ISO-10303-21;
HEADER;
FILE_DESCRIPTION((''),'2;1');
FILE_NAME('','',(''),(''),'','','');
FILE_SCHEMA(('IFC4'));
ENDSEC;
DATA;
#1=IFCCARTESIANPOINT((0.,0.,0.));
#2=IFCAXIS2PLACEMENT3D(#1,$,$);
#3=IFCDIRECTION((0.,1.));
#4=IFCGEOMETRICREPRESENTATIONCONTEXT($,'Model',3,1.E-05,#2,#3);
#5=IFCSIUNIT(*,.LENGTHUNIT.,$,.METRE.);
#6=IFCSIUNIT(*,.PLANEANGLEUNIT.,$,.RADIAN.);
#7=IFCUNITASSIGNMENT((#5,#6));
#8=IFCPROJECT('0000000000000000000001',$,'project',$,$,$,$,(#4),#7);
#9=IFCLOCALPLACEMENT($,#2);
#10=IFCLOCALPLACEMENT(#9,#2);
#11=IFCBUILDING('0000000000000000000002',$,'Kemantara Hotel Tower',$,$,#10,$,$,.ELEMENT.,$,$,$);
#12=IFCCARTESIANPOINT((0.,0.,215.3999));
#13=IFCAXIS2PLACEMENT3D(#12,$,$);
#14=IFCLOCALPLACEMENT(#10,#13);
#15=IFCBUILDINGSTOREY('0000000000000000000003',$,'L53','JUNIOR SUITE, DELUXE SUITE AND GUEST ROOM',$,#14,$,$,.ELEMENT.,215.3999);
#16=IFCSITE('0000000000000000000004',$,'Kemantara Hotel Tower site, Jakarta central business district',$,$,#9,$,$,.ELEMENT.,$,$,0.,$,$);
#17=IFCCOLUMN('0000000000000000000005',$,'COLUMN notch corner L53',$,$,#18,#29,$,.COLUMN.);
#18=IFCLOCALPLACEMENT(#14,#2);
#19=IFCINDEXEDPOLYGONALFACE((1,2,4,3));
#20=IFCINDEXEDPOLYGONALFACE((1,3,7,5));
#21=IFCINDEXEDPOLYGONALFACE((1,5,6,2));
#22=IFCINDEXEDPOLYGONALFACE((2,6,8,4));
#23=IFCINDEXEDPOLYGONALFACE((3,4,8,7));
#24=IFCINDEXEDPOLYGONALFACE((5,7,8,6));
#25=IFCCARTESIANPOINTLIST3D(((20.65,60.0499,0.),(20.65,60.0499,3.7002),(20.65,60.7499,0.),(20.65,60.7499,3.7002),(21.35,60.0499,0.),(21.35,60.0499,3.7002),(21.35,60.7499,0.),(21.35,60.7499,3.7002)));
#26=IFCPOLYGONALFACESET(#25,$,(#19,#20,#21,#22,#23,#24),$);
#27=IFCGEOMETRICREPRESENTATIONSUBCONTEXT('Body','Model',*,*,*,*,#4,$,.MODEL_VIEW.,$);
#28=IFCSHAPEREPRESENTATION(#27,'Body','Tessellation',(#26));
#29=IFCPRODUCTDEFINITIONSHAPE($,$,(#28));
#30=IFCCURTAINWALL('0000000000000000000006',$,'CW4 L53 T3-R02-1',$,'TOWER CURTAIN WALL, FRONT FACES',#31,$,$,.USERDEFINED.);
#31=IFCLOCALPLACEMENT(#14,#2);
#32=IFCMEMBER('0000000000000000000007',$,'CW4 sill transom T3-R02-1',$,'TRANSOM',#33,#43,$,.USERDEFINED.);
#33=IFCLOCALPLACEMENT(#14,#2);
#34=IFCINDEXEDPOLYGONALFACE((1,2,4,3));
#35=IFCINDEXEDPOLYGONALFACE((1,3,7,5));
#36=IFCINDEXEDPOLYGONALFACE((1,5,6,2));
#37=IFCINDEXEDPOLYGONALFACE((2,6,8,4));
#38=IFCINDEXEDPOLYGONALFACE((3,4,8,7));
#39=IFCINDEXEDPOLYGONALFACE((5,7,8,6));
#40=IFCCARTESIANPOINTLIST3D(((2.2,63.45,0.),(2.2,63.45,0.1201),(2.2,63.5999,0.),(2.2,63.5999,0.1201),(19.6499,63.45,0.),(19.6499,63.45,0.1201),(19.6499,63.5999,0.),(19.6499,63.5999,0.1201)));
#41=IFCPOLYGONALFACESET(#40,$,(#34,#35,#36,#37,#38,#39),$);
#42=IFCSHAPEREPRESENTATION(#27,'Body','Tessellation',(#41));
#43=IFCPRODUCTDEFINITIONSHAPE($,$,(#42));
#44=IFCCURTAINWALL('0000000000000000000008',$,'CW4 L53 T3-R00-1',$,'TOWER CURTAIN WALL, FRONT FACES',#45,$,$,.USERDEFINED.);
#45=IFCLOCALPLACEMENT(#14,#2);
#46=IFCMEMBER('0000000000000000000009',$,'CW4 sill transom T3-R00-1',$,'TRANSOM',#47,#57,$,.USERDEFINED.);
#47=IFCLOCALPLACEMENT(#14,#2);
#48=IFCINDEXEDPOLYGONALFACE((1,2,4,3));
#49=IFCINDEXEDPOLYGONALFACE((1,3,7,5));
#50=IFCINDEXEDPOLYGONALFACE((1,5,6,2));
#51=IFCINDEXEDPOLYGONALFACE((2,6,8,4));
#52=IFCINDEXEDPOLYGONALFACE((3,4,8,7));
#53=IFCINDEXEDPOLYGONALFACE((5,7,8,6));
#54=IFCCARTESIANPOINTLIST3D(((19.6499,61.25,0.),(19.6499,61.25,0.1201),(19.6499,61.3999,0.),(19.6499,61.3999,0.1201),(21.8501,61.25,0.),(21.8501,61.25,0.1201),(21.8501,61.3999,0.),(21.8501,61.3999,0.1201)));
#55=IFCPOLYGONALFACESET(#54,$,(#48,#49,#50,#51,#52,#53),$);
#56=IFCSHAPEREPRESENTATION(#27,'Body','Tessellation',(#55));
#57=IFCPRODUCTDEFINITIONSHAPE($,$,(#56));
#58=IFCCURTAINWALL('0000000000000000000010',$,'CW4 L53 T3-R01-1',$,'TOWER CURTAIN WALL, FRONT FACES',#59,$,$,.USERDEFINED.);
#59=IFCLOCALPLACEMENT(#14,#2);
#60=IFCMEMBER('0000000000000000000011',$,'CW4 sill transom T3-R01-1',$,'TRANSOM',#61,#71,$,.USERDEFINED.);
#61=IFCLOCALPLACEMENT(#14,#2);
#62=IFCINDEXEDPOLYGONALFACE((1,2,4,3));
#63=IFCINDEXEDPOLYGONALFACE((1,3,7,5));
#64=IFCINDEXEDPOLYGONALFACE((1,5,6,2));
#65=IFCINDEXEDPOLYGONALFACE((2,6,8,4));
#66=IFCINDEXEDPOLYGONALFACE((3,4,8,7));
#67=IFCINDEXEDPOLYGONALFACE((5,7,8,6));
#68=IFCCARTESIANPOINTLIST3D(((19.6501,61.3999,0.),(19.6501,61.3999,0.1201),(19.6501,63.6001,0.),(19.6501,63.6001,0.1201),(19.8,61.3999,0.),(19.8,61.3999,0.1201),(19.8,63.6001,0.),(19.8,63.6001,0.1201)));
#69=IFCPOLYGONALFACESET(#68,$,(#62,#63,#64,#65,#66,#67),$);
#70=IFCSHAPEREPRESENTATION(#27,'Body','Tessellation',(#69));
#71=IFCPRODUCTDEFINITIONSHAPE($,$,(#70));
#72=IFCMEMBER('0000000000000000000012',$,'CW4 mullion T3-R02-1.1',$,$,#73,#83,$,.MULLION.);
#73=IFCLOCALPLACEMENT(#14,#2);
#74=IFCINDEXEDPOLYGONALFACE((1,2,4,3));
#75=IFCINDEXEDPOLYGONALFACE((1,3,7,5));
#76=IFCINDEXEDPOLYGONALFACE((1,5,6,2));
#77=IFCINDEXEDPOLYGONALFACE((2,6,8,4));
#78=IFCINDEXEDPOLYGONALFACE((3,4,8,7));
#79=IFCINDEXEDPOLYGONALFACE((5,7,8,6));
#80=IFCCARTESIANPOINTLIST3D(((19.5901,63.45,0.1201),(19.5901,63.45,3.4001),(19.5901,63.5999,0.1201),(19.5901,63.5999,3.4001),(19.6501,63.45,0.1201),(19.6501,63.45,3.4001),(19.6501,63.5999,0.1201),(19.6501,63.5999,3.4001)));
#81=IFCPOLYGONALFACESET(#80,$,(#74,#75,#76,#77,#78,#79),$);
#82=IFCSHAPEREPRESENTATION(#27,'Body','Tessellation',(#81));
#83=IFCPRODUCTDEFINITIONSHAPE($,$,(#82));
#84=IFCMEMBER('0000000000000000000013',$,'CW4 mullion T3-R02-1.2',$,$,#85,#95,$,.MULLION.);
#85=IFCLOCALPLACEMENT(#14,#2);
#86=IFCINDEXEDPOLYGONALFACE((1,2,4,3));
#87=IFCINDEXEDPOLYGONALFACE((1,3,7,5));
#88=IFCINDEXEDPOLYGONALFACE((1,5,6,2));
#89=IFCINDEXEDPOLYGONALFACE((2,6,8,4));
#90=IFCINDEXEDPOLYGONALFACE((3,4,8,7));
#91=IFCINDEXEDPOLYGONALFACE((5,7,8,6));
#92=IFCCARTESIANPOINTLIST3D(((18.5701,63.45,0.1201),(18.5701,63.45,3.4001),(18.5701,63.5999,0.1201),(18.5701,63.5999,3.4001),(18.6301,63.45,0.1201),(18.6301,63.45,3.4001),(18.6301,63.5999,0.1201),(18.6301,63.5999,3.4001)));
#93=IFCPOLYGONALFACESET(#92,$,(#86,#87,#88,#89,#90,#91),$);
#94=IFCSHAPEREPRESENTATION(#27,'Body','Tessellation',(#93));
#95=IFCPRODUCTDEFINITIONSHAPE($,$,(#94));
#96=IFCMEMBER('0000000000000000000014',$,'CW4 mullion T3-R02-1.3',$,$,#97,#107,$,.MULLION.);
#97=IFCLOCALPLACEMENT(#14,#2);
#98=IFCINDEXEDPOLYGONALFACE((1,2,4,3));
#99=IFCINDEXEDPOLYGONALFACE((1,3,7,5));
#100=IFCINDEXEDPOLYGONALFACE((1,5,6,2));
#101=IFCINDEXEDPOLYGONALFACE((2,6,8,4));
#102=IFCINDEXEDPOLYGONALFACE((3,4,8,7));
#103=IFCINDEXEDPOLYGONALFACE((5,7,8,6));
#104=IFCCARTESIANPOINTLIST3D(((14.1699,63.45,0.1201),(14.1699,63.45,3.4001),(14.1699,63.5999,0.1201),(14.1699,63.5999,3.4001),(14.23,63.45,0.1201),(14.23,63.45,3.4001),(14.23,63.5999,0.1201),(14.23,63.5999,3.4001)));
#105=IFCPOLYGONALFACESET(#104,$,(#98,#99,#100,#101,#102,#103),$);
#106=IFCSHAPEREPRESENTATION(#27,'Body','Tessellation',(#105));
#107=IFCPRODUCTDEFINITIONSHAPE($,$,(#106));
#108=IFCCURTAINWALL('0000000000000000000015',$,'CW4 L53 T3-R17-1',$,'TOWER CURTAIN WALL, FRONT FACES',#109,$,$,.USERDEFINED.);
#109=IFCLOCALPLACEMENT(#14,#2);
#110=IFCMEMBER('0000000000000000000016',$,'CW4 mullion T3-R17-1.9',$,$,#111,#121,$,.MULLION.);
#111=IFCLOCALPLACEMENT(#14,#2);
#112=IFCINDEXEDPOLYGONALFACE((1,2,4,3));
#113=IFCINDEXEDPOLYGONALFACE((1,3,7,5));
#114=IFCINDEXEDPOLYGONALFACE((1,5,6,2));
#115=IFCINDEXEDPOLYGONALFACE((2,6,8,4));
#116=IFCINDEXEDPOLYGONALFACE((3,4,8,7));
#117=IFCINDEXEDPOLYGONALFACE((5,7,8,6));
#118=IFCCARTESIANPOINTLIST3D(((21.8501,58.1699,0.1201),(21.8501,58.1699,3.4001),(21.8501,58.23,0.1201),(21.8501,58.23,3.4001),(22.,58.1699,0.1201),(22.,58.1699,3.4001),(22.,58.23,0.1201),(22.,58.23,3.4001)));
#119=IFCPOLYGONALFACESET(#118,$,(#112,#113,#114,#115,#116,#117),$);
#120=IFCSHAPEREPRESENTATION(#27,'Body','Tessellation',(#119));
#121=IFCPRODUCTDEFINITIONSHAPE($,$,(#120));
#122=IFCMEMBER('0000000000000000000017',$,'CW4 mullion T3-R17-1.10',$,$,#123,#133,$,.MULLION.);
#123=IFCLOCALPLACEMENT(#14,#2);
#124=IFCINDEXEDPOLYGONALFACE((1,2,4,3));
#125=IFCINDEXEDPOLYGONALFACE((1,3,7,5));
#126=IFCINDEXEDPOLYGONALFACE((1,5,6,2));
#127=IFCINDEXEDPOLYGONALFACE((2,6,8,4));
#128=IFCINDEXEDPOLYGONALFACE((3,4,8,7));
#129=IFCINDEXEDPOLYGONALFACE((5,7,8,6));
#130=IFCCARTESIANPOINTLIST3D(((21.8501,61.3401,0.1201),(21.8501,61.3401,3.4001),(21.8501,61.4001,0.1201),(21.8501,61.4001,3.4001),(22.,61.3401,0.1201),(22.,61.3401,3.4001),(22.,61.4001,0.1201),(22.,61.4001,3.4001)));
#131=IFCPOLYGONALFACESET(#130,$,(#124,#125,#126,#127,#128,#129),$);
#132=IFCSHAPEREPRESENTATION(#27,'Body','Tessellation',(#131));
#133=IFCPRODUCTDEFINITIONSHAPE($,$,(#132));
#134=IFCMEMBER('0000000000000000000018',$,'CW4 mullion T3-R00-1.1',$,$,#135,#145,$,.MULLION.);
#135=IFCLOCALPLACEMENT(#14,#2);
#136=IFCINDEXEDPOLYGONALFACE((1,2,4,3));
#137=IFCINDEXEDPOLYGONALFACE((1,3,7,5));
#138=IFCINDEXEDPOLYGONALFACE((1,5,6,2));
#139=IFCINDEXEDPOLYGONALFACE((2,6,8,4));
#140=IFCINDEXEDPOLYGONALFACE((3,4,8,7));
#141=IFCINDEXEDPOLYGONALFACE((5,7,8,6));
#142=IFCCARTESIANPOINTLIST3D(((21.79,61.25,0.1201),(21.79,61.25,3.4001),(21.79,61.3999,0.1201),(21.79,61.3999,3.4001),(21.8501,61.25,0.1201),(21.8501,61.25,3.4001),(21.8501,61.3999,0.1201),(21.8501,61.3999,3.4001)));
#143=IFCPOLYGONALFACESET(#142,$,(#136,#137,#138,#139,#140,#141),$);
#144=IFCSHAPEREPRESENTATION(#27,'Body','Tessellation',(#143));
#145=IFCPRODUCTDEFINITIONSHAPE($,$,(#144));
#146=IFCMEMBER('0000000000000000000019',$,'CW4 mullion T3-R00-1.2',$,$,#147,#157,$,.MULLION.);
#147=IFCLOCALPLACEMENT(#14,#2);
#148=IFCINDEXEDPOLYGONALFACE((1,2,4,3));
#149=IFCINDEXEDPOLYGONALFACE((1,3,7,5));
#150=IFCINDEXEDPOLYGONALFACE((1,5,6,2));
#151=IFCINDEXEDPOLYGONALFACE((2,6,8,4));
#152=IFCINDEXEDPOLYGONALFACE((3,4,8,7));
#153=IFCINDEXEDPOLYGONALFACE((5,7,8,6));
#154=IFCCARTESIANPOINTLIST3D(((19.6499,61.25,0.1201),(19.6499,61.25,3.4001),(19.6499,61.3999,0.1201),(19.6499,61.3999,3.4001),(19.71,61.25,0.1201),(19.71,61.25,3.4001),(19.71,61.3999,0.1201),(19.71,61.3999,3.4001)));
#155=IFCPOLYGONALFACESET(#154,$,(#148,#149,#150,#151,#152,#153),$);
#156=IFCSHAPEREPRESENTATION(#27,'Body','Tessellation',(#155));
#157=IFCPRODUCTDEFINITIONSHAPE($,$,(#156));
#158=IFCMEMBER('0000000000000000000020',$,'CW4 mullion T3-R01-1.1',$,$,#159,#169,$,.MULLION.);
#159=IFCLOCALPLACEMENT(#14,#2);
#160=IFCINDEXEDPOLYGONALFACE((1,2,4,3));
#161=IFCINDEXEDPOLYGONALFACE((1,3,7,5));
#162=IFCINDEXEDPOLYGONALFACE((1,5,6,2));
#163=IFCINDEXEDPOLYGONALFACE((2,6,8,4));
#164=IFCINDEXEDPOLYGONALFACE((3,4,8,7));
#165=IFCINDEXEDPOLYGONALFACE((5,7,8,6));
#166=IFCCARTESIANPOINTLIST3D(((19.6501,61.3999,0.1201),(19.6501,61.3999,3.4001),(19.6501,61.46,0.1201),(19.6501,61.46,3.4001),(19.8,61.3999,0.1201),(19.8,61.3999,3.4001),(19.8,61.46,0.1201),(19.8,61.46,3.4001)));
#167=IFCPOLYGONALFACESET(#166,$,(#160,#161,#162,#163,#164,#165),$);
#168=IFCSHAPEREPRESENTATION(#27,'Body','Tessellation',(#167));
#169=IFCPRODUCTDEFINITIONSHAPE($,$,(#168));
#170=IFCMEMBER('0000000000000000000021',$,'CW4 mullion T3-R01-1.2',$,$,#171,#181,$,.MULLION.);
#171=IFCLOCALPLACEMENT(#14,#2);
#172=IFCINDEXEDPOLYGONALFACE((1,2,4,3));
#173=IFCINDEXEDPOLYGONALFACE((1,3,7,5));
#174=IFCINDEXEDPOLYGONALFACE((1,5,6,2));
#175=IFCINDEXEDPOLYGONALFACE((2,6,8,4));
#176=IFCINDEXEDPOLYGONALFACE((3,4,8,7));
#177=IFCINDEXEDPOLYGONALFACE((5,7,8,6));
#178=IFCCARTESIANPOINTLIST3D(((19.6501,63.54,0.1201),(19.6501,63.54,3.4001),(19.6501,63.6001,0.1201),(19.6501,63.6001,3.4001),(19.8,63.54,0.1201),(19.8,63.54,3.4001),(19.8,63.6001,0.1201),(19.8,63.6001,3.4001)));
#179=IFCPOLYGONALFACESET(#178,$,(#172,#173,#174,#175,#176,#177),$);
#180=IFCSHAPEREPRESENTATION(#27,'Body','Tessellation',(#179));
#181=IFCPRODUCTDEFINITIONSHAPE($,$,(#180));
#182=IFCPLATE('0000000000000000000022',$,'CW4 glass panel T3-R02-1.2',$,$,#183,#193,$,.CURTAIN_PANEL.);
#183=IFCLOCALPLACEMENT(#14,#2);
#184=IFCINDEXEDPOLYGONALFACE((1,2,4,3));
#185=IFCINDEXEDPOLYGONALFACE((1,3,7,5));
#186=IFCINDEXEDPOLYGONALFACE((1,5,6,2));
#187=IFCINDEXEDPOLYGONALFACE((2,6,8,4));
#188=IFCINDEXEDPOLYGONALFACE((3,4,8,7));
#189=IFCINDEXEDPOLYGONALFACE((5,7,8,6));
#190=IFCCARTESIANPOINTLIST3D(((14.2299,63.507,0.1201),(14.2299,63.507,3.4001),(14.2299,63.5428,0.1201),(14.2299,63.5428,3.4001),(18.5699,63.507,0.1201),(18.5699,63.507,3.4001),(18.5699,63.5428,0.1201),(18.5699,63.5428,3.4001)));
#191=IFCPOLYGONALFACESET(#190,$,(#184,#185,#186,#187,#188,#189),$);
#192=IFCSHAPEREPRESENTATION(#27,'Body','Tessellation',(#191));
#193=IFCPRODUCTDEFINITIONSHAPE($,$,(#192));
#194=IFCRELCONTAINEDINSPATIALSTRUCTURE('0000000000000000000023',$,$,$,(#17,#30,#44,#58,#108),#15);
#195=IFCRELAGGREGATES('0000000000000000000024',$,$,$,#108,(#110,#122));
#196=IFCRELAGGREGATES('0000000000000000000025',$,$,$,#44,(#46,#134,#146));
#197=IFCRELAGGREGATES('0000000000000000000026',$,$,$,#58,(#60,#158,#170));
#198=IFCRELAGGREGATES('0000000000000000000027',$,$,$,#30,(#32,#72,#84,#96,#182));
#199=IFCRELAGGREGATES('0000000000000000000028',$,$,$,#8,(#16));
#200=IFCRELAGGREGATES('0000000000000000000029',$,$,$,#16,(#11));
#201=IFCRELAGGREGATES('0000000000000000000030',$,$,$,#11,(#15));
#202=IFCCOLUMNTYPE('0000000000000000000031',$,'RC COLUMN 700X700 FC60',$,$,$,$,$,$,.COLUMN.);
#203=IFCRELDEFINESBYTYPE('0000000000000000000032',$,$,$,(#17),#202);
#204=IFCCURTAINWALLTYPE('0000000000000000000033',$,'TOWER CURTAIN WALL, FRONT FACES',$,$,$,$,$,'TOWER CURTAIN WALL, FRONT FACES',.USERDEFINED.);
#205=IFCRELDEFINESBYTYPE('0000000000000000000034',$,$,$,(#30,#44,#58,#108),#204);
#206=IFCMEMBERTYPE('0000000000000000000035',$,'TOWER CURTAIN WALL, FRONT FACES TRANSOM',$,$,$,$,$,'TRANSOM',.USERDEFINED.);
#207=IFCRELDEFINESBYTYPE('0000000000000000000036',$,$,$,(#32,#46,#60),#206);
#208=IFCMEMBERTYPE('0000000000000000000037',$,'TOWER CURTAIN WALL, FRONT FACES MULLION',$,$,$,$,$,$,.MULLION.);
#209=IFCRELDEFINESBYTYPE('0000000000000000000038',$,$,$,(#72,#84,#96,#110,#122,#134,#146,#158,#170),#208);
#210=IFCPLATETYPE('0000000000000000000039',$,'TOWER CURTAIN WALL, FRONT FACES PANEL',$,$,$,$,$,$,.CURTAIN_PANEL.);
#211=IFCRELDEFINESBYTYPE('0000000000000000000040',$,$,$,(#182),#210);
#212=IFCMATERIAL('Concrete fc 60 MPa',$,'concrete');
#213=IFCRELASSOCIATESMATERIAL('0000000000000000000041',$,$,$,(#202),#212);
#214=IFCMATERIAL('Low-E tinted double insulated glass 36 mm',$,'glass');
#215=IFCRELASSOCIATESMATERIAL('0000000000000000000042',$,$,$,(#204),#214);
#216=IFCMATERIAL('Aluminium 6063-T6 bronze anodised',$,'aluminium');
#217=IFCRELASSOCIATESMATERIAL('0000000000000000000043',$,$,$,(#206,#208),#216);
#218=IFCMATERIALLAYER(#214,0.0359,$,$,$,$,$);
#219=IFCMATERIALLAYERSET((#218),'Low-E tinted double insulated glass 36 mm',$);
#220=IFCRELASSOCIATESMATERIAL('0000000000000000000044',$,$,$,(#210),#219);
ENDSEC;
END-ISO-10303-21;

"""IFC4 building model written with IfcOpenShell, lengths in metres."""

from ifc_helpers import new_model, si_unit, direction, frame, origin, origin_2d, place, context, subcontext, project, spatial, rectangle, extrude, source, transform, mapped, material, layer, layer_set, material_profile, profile_set, type_object, element, aggregate, save


model = new_model("IFC4")

# Units and contexts
model_context = context("Model", 3, precision=1e-05, world=origin(), true_north=direction((0.0, 1.0)))
body_context = subcontext(model_context, "Body", "Model", "MODEL_VIEW")
ifc_project = project(units=[si_unit("LENGTHUNIT", "METRE"), si_unit("PLANEANGLEUNIT", "RADIAN")], contexts=[model_context])

# Site, building, storey
site_placement = place(None, origin())
site = spatial("IfcSite", under=ifc_project, at=site_placement, Name="Kemantara Hotel Tower site, Jakarta central business district", CompositionType="ELEMENT", RefElevation=0.0)
building_placement = place(site_placement, origin())
building = spatial("IfcBuilding", under=site, at=building_placement, Name="Kemantara Hotel Tower", CompositionType="ELEMENT")
storey_placement = place(building_placement, frame((0.0, 0.0, 215.3999)))
storey = spatial("IfcBuildingStorey", under=building, at=storey_placement, Name="L53", Description="JUNIOR SUITE, DELUXE SUITE AND GUEST ROOM", CompositionType="ELEMENT", Elevation=215.3999)

# Column
ifc_material_1 = material(Name="Concrete fc 60 MPa", Category="concrete")
ifc_material_profile_1 = material_profile(ifc_material_1, rectangle(XDim=0.7, YDim=0.7, at=origin_2d()), Name="RC 700X700")
ifc_profile_set_1 = profile_set([ifc_material_profile_1], Name="Concrete fc 60 MPa")
column_type = type_object("IfcColumnType", Name="RC COLUMN 700X700 FC60", PredefinedType="COLUMN", material=ifc_profile_set_1)
column_placement = place(storey_placement, frame((21.0, 60.3999, 0.0), z_axis=(0.0, 0.0, 1.0), x_axis=(1.0, 0.0, 0.0)))
element("IfcColumn", 1, at=column_placement, inside=storey, type_object=column_type, Name="COLUMN notch corner L53", PredefinedType="COLUMN", context=body_context, shape_type="SweptSolid", body=[
    extrude(rectangle(XDim=0.7, YDim=0.7, at=origin_2d()), origin(), (0.0, 0.0, 1.0), 3.7002),
])

# Curtain walls, members
ifc_material_2 = material(Name="Low-E tinted double insulated glass 36 mm", Category="glass")
curtain_wall_type = type_object("IfcCurtainWallType", Name="TOWER CURTAIN WALL, FRONT FACES", ElementType="TOWER CURTAIN WALL, FRONT FACES", PredefinedType="USERDEFINED", material=ifc_material_2)
curtain_wall_1_placement = place(storey_placement, origin())
curtain_wall_1 = element("IfcCurtainWall", 2, at=curtain_wall_1_placement, inside=storey, type_object=curtain_wall_type, Name="CW4 L53 T3-R02-1", ObjectType="TOWER CURTAIN WALL, FRONT FACES", PredefinedType="USERDEFINED")
ifc_material_3 = material(Name="Aluminium 6063-T6 bronze anodised", Category="aluminium")
ifc_material_profile_2 = material_profile(ifc_material_3, rectangle(XDim=0.1499, YDim=0.1201, at=origin_2d()), Name="TOWER CURTAIN WALL, FRONT FACES TRANSOM")
ifc_profile_set_2 = profile_set([ifc_material_profile_2], Name="Aluminium 6063-T6 bronze anodised")
member_type_1 = type_object("IfcMemberType", Name="TOWER CURTAIN WALL, FRONT FACES TRANSOM", ElementType="TRANSOM", PredefinedType="USERDEFINED", material=ifc_profile_set_2)
member_1_placement = place(storey_placement, frame((19.6499, 63.5249, 0.0601), z_axis=(-1.0, 0.0, 0.0), x_axis=(0.0, -1.0, 0.0)))
member_1 = element("IfcMember", 3, at=member_1_placement, type_object=member_type_1, Name="CW4 sill transom T3-R02-1", ObjectType="TRANSOM", PredefinedType="USERDEFINED", context=body_context, shape_type="SweptSolid", body=[
    extrude(rectangle(XDim=0.1499, YDim=0.1201, at=origin_2d()), origin(), (0.0, 0.0, 1.0), 17.45),
])
curtain_wall_2_placement = place(storey_placement, origin())
curtain_wall_2 = element("IfcCurtainWall", 4, at=curtain_wall_2_placement, inside=storey, type_object=curtain_wall_type, Name="CW4 L53 T3-R00-1", ObjectType="TOWER CURTAIN WALL, FRONT FACES", PredefinedType="USERDEFINED")
member_2_placement = place(storey_placement, frame((21.8501, 61.325, 0.0601), z_axis=(-1.0, 0.0, 0.0), x_axis=(0.0, -1.0, 0.0)))
member_2 = element("IfcMember", 5, at=member_2_placement, type_object=member_type_1, Name="CW4 sill transom T3-R00-1", ObjectType="TRANSOM", PredefinedType="USERDEFINED", context=body_context, shape_type="SweptSolid", body=[
    extrude(rectangle(XDim=0.1499, YDim=0.1201, at=origin_2d()), origin(), (0.0, 0.0, 1.0), 2.2002),
])
curtain_wall_3_placement = place(storey_placement, origin())
curtain_wall_3 = element("IfcCurtainWall", 6, at=curtain_wall_3_placement, inside=storey, type_object=curtain_wall_type, Name="CW4 L53 T3-R01-1", ObjectType="TOWER CURTAIN WALL, FRONT FACES", PredefinedType="USERDEFINED")
member_3_placement = place(storey_placement, frame((19.7251, 61.3999, 0.0601), z_axis=(0.0, 1.0, 0.0), x_axis=(-1.0, 0.0, 0.0)))
member_3 = element("IfcMember", 7, at=member_3_placement, type_object=member_type_1, Name="CW4 sill transom T3-R01-1", ObjectType="TRANSOM", PredefinedType="USERDEFINED", context=body_context, shape_type="SweptSolid", body=[
    extrude(rectangle(XDim=0.1499, YDim=0.1201, at=origin_2d()), origin(), (0.0, 0.0, 1.0), 2.2002),
])

# Members
ifc_material_profile_3 = material_profile(ifc_material_3, rectangle(XDim=0.1499, YDim=0.0601, at=origin_2d()), Name="TOWER CURTAIN WALL, FRONT FACES MULLION")
ifc_profile_set_3 = profile_set([ifc_material_profile_3], Name="Aluminium 6063-T6 bronze anodised")
member_type_2 = type_object("IfcMemberType", Name="TOWER CURTAIN WALL, FRONT FACES MULLION", PredefinedType="MULLION", material=ifc_profile_set_3)
shared_shape_1 = source(origin(), body_context, "Body", "SweptSolid", [
    extrude(rectangle(XDim=0.1499, YDim=0.0601, at=origin_2d()), origin(), (0.0, 0.0, 1.0), 3.28),
])
member_4_placement = place(storey_placement, frame((19.6201, 63.5249, 0.1201), z_axis=(0.0, 0.0, 1.0), x_axis=(0.0, -1.0, 0.0)))
member_4 = element("IfcMember", 8, at=member_4_placement, type_object=member_type_2, Name="CW4 mullion T3-R02-1.1", PredefinedType="MULLION", context=body_context, shape_type="MappedRepresentation", body=[
    mapped(shared_shape_1, transform((0.0, 0.0, 0.0))),
])
member_5_placement = place(storey_placement, frame((18.6001, 63.5249, 0.1201), z_axis=(0.0, 0.0, 1.0), x_axis=(0.0, -1.0, 0.0)))
member_5 = element("IfcMember", 9, at=member_5_placement, type_object=member_type_2, Name="CW4 mullion T3-R02-1.2", PredefinedType="MULLION", context=body_context, shape_type="MappedRepresentation", body=[
    mapped(shared_shape_1, transform((0.0, 0.0, 0.0))),
])
member_6_placement = place(storey_placement, frame((14.2, 63.5249, 0.1201), z_axis=(0.0, 0.0, 1.0), x_axis=(0.0, -1.0, 0.0)))
member_6 = element("IfcMember", 10, at=member_6_placement, type_object=member_type_2, Name="CW4 mullion T3-R02-1.3", PredefinedType="MULLION", context=body_context, shape_type="MappedRepresentation", body=[
    mapped(shared_shape_1, transform((0.0, 0.0, 0.0))),
])

# Curtain wall, members
curtain_wall_4_placement = place(storey_placement, origin())
curtain_wall_4 = element("IfcCurtainWall", 11, at=curtain_wall_4_placement, inside=storey, type_object=curtain_wall_type, Name="CW4 L53 T3-R17-1", ObjectType="TOWER CURTAIN WALL, FRONT FACES", PredefinedType="USERDEFINED")
member_7_placement = place(storey_placement, frame((21.925, 58.2, 0.1201), z_axis=(0.0, 0.0, 1.0), x_axis=(-1.0, 0.0, 0.0)))
member_7 = element("IfcMember", 12, at=member_7_placement, type_object=member_type_2, Name="CW4 mullion T3-R17-1.9", PredefinedType="MULLION", context=body_context, shape_type="MappedRepresentation", body=[
    mapped(shared_shape_1, transform((0.0, 0.0, 0.0))),
])
member_8_placement = place(storey_placement, frame((21.925, 61.3701, 0.1201), z_axis=(0.0, 0.0, 1.0), x_axis=(-1.0, 0.0, 0.0)))
member_8 = element("IfcMember", 13, at=member_8_placement, type_object=member_type_2, Name="CW4 mullion T3-R17-1.10", PredefinedType="MULLION", context=body_context, shape_type="MappedRepresentation", body=[
    mapped(shared_shape_1, transform((0.0, 0.0, 0.0))),
])
aggregate(curtain_wall_4, [member_7, member_8])

# Members
member_9_placement = place(storey_placement, frame((21.8201, 61.325, 0.1201), z_axis=(0.0, 0.0, 1.0), x_axis=(0.0, -1.0, 0.0)))
member_9 = element("IfcMember", 14, at=member_9_placement, type_object=member_type_2, Name="CW4 mullion T3-R00-1.1", PredefinedType="MULLION", context=body_context, shape_type="MappedRepresentation", body=[
    mapped(shared_shape_1, transform((0.0, 0.0, 0.0))),
])
member_10_placement = place(storey_placement, frame((19.6799, 61.325, 0.1201), z_axis=(0.0, 0.0, 1.0), x_axis=(0.0, -1.0, 0.0)))
member_10 = element("IfcMember", 15, at=member_10_placement, type_object=member_type_2, Name="CW4 mullion T3-R00-1.2", PredefinedType="MULLION", context=body_context, shape_type="MappedRepresentation", body=[
    mapped(shared_shape_1, transform((0.0, 0.0, 0.0))),
])
member_11_placement = place(storey_placement, frame((19.7251, 61.4299, 0.1201), z_axis=(0.0, 0.0, 1.0), x_axis=(-1.0, 0.0, 0.0)))
member_11 = element("IfcMember", 16, at=member_11_placement, type_object=member_type_2, Name="CW4 mullion T3-R01-1.1", PredefinedType="MULLION", context=body_context, shape_type="MappedRepresentation", body=[
    mapped(shared_shape_1, transform((0.0, 0.0, 0.0))),
])
member_12_placement = place(storey_placement, frame((19.7251, 63.5701, 0.1201), z_axis=(0.0, 0.0, 1.0), x_axis=(-1.0, 0.0, 0.0)))
member_12 = element("IfcMember", 17, at=member_12_placement, type_object=member_type_2, Name="CW4 mullion T3-R01-1.2", PredefinedType="MULLION", context=body_context, shape_type="MappedRepresentation", body=[
    mapped(shared_shape_1, transform((0.0, 0.0, 0.0))),
])

# Plate
ifc_layer_1 = layer(ifc_material_2, 0.0359)
ifc_layer_set_1 = layer_set([ifc_layer_1], Name="Low-E tinted double insulated glass 36 mm")
plate_type = type_object("IfcPlateType", Name="TOWER CURTAIN WALL, FRONT FACES PANEL", PredefinedType="CURTAIN_PANEL", material=ifc_layer_set_1)
shared_shape_2 = source(origin(), body_context, "Body", "SweptSolid", [
    extrude(rectangle(XDim=4.3401, YDim=0.0359, at=origin_2d()), origin(), (0.0, 0.0, 1.0), 3.28),
])
plate_1_placement = place(storey_placement, frame((16.3999, 63.5249, 0.1201), z_axis=(0.0, 0.0, 1.0), x_axis=(-1.0, 0.0, 0.0)))
plate_1 = element("IfcPlate", 18, at=plate_1_placement, type_object=plate_type, Name="CW4 glass panel T3-R02-1.2", PredefinedType="CURTAIN_PANEL", context=body_context, shape_type="MappedRepresentation", body=[
    mapped(shared_shape_2, transform((0.0, 0.0, 0.0))),
])
aggregate(curtain_wall_2, [member_2, member_9, member_10])
aggregate(curtain_wall_3, [member_3, member_11, member_12])
aggregate(curtain_wall_1, [member_1, member_4, member_5, member_6, plate_1])

save(model, "model.ifc")
